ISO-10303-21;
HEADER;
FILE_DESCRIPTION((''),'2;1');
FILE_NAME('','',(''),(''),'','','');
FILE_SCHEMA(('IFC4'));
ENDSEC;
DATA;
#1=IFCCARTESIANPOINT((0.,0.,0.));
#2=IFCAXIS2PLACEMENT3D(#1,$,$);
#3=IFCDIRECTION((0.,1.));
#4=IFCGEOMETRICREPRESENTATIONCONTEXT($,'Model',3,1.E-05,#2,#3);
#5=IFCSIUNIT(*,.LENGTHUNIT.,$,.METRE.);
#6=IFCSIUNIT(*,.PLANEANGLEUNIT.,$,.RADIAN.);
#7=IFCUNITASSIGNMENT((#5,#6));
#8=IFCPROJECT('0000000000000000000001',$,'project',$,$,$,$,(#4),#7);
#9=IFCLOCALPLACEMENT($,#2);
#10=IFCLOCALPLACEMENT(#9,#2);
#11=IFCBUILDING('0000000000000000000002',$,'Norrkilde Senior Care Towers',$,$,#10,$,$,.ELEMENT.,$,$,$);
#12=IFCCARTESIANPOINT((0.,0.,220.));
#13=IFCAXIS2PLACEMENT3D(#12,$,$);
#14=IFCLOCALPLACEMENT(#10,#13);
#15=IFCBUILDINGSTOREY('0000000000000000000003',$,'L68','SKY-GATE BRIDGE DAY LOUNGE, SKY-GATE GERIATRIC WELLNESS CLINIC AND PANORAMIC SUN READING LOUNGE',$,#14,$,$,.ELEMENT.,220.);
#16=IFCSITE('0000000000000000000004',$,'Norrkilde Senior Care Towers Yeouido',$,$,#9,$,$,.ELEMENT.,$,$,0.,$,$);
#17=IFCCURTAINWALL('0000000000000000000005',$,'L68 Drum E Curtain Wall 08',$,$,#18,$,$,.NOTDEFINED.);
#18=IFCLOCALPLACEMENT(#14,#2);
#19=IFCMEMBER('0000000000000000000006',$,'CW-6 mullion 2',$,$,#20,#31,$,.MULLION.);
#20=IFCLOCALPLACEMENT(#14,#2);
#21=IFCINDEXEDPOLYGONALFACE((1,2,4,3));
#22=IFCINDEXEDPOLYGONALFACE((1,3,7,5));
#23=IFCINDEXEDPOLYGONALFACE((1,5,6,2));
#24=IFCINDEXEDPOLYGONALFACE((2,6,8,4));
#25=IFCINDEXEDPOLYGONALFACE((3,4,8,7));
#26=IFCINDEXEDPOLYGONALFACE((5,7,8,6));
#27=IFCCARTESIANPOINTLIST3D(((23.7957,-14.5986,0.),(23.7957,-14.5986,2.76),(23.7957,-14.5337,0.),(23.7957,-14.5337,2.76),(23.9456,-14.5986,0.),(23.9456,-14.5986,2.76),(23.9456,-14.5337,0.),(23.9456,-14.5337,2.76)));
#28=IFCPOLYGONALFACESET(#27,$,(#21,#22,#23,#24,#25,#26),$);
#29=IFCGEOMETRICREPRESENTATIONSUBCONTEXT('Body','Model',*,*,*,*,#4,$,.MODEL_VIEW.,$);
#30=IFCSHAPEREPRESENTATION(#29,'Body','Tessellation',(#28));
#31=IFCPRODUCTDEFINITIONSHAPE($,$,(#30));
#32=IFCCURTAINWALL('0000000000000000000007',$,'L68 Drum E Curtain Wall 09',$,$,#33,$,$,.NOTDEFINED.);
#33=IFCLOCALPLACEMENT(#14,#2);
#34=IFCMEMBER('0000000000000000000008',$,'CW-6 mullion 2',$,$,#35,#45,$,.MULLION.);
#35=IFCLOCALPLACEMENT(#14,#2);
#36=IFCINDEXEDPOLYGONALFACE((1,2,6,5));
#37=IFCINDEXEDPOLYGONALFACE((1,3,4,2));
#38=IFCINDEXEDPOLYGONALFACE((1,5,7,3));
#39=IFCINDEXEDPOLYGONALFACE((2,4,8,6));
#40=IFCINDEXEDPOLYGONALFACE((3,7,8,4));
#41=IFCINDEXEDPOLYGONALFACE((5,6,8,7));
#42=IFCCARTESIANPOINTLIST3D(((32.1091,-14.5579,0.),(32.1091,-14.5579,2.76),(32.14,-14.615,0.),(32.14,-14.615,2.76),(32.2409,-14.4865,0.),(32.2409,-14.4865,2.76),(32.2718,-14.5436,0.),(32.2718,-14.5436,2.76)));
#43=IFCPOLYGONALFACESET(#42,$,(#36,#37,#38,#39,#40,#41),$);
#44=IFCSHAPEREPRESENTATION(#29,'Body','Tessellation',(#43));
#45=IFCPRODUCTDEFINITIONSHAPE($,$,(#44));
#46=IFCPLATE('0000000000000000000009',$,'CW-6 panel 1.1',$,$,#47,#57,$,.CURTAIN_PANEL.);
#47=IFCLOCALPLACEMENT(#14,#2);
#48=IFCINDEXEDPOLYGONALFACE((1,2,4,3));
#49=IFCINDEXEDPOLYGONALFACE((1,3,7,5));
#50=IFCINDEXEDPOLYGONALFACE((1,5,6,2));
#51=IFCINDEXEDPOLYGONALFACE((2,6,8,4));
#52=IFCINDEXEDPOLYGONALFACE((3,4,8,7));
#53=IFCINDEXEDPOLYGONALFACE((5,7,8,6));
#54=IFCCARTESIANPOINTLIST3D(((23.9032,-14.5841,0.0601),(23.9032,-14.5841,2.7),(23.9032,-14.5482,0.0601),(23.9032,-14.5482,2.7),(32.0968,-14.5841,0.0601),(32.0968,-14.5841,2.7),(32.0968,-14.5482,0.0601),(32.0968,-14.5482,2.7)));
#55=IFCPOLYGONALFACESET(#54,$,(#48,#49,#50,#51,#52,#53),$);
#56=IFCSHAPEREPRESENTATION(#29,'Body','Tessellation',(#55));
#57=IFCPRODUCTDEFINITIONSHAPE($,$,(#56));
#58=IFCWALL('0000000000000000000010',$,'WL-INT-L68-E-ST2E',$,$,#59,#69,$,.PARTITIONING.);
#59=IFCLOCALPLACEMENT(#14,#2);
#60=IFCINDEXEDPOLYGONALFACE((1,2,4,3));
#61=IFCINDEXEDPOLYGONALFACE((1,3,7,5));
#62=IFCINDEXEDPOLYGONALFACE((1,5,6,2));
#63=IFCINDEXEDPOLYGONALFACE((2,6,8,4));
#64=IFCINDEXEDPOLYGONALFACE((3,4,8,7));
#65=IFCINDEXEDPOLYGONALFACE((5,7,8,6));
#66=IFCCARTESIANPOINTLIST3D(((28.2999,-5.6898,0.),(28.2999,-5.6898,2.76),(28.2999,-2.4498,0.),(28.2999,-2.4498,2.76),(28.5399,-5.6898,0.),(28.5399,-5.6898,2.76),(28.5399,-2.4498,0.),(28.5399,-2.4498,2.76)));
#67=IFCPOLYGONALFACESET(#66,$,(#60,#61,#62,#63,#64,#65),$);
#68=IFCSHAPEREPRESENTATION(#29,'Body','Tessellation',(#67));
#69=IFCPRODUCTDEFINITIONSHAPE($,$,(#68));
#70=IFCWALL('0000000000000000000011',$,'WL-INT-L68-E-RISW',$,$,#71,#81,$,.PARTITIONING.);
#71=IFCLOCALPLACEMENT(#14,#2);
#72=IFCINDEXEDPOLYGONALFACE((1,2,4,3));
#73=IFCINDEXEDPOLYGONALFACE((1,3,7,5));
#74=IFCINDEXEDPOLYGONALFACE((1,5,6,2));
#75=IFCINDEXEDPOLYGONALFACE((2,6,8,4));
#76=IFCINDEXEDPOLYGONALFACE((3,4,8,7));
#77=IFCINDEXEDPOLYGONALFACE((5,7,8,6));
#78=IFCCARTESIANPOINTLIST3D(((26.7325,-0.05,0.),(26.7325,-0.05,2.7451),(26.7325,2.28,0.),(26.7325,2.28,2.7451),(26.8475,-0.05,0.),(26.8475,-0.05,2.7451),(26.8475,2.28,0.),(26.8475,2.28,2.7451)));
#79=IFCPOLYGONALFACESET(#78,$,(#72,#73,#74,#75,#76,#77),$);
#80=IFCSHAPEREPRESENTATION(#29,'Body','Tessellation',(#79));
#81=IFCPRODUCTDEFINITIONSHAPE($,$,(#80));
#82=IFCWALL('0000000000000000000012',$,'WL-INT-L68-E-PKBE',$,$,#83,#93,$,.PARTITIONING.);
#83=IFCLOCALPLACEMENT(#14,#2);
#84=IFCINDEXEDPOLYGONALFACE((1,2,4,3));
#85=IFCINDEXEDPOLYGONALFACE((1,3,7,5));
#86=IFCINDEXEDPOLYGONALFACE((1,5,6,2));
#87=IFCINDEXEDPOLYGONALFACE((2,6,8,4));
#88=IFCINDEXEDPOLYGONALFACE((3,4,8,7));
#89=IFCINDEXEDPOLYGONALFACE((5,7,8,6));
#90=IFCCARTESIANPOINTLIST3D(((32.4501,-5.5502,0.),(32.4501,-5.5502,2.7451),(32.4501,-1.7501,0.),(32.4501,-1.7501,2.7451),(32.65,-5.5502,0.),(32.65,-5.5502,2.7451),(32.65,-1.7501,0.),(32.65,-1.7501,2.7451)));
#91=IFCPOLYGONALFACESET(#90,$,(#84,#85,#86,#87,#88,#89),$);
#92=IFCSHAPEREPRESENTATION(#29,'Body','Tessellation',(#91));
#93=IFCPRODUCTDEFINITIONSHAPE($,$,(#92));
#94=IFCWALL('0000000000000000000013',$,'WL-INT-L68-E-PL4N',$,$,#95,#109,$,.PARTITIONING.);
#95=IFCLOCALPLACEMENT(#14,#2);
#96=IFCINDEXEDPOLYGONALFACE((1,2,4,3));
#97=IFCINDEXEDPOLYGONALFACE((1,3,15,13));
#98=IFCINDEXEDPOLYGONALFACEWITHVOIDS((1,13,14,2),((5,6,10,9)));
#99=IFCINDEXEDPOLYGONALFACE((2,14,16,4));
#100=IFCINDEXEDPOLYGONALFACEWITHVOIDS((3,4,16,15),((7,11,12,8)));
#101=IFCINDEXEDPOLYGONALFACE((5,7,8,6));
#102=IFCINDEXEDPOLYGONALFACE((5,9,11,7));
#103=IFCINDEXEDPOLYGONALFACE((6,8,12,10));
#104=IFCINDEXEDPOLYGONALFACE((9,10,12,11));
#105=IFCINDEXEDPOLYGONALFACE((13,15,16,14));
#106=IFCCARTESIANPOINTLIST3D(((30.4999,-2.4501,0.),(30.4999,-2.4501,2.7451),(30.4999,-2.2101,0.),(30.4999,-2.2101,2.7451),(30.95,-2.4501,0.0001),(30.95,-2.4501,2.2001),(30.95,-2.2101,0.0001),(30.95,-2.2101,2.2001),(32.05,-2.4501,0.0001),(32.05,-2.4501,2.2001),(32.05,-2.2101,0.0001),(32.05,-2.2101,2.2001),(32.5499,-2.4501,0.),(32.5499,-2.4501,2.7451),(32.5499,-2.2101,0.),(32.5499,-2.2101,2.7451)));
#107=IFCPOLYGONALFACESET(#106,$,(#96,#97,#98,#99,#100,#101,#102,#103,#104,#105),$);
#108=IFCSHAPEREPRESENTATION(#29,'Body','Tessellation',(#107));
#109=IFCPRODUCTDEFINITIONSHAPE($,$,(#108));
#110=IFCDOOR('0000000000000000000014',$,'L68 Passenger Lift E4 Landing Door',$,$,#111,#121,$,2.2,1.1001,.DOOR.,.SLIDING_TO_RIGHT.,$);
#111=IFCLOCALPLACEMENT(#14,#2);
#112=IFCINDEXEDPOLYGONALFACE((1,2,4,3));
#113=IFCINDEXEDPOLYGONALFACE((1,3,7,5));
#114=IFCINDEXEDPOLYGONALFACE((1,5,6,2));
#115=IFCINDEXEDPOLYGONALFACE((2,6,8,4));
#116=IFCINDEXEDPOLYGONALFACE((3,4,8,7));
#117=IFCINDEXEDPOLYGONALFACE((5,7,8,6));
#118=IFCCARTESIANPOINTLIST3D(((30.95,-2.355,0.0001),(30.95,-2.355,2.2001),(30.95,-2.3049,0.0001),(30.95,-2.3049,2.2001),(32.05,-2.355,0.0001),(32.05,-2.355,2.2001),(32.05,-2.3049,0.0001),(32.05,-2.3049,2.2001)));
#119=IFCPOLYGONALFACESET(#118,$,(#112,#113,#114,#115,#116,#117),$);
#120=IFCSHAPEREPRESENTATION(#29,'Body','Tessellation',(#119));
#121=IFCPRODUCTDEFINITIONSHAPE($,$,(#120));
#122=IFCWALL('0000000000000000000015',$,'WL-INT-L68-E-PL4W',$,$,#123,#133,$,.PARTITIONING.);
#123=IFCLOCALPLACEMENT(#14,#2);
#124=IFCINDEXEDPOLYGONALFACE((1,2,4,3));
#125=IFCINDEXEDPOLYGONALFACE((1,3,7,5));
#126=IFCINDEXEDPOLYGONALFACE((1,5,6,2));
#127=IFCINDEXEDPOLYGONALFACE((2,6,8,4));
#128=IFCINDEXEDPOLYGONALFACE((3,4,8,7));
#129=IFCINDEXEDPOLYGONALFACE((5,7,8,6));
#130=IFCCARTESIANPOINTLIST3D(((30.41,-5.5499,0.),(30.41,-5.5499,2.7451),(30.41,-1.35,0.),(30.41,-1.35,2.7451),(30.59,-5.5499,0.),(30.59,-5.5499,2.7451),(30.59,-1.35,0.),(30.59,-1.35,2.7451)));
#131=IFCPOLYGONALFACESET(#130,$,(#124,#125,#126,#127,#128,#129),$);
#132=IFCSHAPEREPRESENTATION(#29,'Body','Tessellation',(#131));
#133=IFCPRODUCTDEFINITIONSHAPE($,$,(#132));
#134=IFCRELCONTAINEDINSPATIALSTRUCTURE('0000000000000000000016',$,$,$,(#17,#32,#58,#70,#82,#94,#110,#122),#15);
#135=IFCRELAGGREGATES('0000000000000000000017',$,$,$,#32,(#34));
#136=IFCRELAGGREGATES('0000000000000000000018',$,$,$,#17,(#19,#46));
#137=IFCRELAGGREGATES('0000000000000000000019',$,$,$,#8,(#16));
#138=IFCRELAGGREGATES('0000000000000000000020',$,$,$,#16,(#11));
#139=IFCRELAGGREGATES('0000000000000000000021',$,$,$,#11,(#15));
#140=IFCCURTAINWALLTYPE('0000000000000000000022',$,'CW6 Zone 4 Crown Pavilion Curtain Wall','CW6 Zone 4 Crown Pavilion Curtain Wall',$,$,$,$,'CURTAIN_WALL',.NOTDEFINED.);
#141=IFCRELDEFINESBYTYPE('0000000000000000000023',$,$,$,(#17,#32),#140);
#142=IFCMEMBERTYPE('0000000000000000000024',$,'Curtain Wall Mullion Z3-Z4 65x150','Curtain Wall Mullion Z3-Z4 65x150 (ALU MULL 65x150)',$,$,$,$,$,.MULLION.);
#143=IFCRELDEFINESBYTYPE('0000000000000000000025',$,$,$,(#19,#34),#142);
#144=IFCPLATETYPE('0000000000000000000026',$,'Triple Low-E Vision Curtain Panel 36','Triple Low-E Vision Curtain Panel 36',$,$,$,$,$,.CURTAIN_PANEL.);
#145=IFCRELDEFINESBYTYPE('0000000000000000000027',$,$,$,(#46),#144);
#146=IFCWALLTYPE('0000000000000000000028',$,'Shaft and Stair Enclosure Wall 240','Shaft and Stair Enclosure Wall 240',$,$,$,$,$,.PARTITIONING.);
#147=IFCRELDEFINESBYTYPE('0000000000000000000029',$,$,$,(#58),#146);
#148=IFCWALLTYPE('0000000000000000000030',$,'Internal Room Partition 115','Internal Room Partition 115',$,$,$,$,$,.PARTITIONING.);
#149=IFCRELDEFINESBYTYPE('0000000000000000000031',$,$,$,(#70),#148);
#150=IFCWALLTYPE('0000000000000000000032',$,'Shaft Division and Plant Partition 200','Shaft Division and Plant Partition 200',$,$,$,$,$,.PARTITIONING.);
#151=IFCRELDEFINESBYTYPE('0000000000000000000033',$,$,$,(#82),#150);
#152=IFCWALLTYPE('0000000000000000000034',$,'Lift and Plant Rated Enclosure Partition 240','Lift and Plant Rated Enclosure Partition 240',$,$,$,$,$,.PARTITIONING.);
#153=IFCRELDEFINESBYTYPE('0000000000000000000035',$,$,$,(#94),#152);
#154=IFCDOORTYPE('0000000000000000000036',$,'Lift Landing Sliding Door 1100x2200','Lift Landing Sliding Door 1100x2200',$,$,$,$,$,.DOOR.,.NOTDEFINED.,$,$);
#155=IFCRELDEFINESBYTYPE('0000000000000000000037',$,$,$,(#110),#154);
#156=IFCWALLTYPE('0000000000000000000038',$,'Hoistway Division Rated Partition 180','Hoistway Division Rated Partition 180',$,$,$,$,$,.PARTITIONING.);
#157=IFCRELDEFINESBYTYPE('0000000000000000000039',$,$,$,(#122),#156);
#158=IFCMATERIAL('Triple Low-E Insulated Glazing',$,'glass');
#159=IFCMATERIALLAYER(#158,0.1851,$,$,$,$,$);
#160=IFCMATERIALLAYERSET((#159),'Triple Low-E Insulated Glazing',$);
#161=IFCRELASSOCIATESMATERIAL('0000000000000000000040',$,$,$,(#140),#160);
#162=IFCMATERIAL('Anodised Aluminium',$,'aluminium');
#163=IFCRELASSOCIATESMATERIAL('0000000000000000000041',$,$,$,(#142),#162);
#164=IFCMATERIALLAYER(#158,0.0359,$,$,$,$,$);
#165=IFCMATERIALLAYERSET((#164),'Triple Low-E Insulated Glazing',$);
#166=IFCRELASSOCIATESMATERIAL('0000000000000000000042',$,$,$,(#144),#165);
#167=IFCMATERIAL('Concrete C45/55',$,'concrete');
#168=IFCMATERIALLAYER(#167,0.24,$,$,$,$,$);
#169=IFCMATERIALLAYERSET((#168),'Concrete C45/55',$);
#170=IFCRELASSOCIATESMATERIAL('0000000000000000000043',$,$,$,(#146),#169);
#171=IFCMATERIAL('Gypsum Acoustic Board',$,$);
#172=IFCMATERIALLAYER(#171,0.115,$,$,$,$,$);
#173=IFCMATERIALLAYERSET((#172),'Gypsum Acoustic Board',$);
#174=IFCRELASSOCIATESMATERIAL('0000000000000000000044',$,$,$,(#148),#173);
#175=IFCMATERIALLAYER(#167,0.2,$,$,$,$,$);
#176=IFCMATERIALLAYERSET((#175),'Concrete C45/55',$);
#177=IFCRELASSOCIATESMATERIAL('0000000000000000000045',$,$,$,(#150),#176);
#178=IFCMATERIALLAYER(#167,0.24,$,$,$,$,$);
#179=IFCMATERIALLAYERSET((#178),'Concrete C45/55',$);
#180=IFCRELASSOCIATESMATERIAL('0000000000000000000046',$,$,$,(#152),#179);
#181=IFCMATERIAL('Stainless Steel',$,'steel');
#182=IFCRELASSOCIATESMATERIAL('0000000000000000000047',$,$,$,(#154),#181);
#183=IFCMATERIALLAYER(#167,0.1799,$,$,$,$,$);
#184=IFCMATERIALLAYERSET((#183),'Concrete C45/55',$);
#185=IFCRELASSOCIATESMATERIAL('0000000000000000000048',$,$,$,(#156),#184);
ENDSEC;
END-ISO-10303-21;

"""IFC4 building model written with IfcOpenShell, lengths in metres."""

from ifc_helpers import new_model, si_unit, direction, frame, frame_2d, origin, origin_2d, place, context, subcontext, project, spatial, rectangle, extrude, source, transform, mapped, material, layer, layer_set, material_profile, profile_set, type_object, type_shapes, element, fill, aggregate, save


model = new_model("IFC4")

# Units and contexts
model_context = context("Model", 3, precision=1e-05, world=origin(), true_north=direction((0.0, 1.0)))
body_context = subcontext(model_context, "Body", "Model", "MODEL_VIEW")
ifc_project = project(units=[si_unit("LENGTHUNIT", "METRE"), si_unit("PLANEANGLEUNIT", "RADIAN")], contexts=[model_context])

# Site, building, storey
site_placement = place(None, origin())
site = spatial("IfcSite", under=ifc_project, at=site_placement, Name="Norrkilde Senior Care Towers Yeouido", CompositionType="ELEMENT", RefElevation=0.0)
building_placement = place(site_placement, origin())
building = spatial("IfcBuilding", under=site, at=building_placement, Name="Norrkilde Senior Care Towers", CompositionType="ELEMENT")
storey_placement = place(building_placement, frame((0.0, 0.0, 220.0)))
storey = spatial("IfcBuildingStorey", under=building, at=storey_placement, Name="L68", Description="SKY-GATE BRIDGE DAY LOUNGE, SKY-GATE GERIATRIC WELLNESS CLINIC AND PANORAMIC SUN READING LOUNGE", CompositionType="ELEMENT", Elevation=220.0)

# Curtain wall, member
ifc_material_1 = material(Name="Triple Low-E Insulated Glazing", Category="glass")
ifc_layer_1 = layer(ifc_material_1, 0.1851)
ifc_layer_set_1 = layer_set([ifc_layer_1], Name="Triple Low-E Insulated Glazing")
curtain_wall_type = type_object("IfcCurtainWallType", Name="CW6 Zone 4 Crown Pavilion Curtain Wall", Description="CW6 Zone 4 Crown Pavilion Curtain Wall", ElementType="CURTAIN_WALL", PredefinedType="NOTDEFINED", material=ifc_layer_set_1)
curtain_wall_1_placement = place(storey_placement, origin())
curtain_wall_1 = element("IfcCurtainWall", 1, at=curtain_wall_1_placement, inside=storey, type_object=curtain_wall_type, Name="L68 Drum E Curtain Wall 08", PredefinedType="NOTDEFINED")
ifc_material_2 = material(Name="Anodised Aluminium", Category="aluminium")
ifc_material_profile_1 = material_profile(ifc_material_2, rectangle(XDim=0.0649, YDim=0.1499, at=origin_2d()), Name="ALU MULL 65x150")
ifc_profile_set_1 = profile_set([ifc_material_profile_1], Name="Anodised Aluminium")
member_type_1 = type_object("IfcMemberType", Name="Curtain Wall Mullion Z3-Z4 65x150", Description="Curtain Wall Mullion Z3-Z4 65x150 (ALU MULL 65x150)", PredefinedType="MULLION", material=ifc_profile_set_1)
shared_shape_1 = source(origin(), body_context, "Body", "SweptSolid", [
    extrude(rectangle(XDim=0.0649, YDim=0.1499, at=origin_2d()), origin(), (0.0, 0.0, 1.0), 2.76),
])
type_shapes(member_type_1, [shared_shape_1])
member_1_placement = place(storey_placement, frame((23.8706, -14.5662, 0.0), z_axis=(0.0, 0.0, 1.0), x_axis=(0.0, -1.0, 0.0)))
member_1 = element("IfcMember", 2, at=member_1_placement, type_object=member_type_1, Name="CW-6 mullion 2", PredefinedType="MULLION", context=body_context, shape_type="MappedRepresentation", body=[
    mapped(shared_shape_1, transform((0.0, 0.0, 0.0), x_axis=(1.0, 0.0, 0.0), y_axis=(0.0, 1.0, 0.0), z_axis=(0.0, 0.0, 1.0), scale=1.0)),
])

# Curtain wall, member
curtain_wall_2_placement = place(storey_placement, origin())
curtain_wall_2 = element("IfcCurtainWall", 3, at=curtain_wall_2_placement, inside=storey, type_object=curtain_wall_type, Name="L68 Drum E Curtain Wall 09", PredefinedType="NOTDEFINED")
member_2_placement = place(storey_placement, frame((32.1904, -14.5508, 0.0), z_axis=(0.0, 0.0, 1.0), x_axis=(0.476133, -0.879373, 0.0)))
member_2 = element("IfcMember", 4, at=member_2_placement, type_object=member_type_1, Name="CW-6 mullion 2", PredefinedType="MULLION", context=body_context, shape_type="MappedRepresentation", body=[
    mapped(shared_shape_1, transform((0.0, 0.0, 0.0), x_axis=(1.0, 0.0, 0.0), y_axis=(0.0, 1.0, 0.0), z_axis=(0.0, 0.0, 1.0), scale=1.0)),
])
aggregate(curtain_wall_2, [member_2])

# Plate
ifc_layer_2 = layer(ifc_material_1, 0.0359)
ifc_layer_set_2 = layer_set([ifc_layer_2], Name="Triple Low-E Insulated Glazing")
plate_type = type_object("IfcPlateType", Name="Triple Low-E Vision Curtain Panel 36", Description="Triple Low-E Vision Curtain Panel 36", PredefinedType="CURTAIN_PANEL", material=ifc_layer_set_2)
shared_shape_2 = source(origin(), body_context, "Body", "SweptSolid", [
    extrude(rectangle(XDim=8.1936, YDim=0.0359, at=origin_2d()), origin(), (0.0, 0.0, 1.0), 2.6399),
])
type_shapes(plate_type, [shared_shape_2])
plate_placement = place(storey_placement, frame((28.0, -14.5662, 0.0601), z_axis=(0.0, 0.0, 1.0), x_axis=(-1.0, 0.0, 0.0)))
plate = element("IfcPlate", 5, at=plate_placement, type_object=plate_type, Name="CW-6 panel 1.1", PredefinedType="CURTAIN_PANEL", context=body_context, shape_type="MappedRepresentation", body=[
    mapped(shared_shape_2, transform((0.0, 0.0, 0.0), x_axis=(1.0, 0.0, 0.0), y_axis=(0.0, 1.0, 0.0), z_axis=(0.0, 0.0, 1.0), scale=1.0)),
])
aggregate(curtain_wall_1, [member_1, plate])

# Walls
ifc_material_3 = material(Name="Concrete C45/55", Category="concrete")
ifc_layer_3 = layer(ifc_material_3, 0.24)
ifc_layer_set_3 = layer_set([ifc_layer_3], Name="Concrete C45/55")
wall_type_1 = type_object("IfcWallType", Name="Shaft and Stair Enclosure Wall 240", Description="Shaft and Stair Enclosure Wall 240", PredefinedType="PARTITIONING", material=ifc_layer_set_3)
shared_shape_3 = source(origin(), body_context, "Body", "SweptSolid", [
    extrude(rectangle(XDim=3.24, YDim=0.24, at=frame_2d((1.6201, 0.0))), origin(), (0.0, 0.0, 1.0), 2.76),
])
type_shapes(wall_type_1, [shared_shape_3])
wall_1_placement = place(storey_placement, frame((28.4199, -5.6899, 0.0), z_axis=(0.0, 0.0, 1.0), x_axis=(0.0, 1.0, 0.0)))
element("IfcWall", 6, at=wall_1_placement, inside=storey, type_object=wall_type_1, Name="WL-INT-L68-E-ST2E", PredefinedType="PARTITIONING", context=body_context, shape_type="MappedRepresentation", body=[
    mapped(shared_shape_3, transform((0.0, 0.0, 0.0), x_axis=(1.0, 0.0, 0.0), y_axis=(0.0, 1.0, 0.0), z_axis=(0.0, 0.0, 1.0), scale=1.0)),
])
ifc_material_4 = material(Name="Gypsum Acoustic Board")
ifc_layer_4 = layer(ifc_material_4, 0.115)
ifc_layer_set_4 = layer_set([ifc_layer_4], Name="Gypsum Acoustic Board")
wall_type_2 = type_object("IfcWallType", Name="Internal Room Partition 115", Description="Internal Room Partition 115", PredefinedType="PARTITIONING", material=ifc_layer_set_4)
shared_shape_4 = source(origin(), body_context, "Body", "SweptSolid", [
    extrude(rectangle(XDim=2.3301, YDim=0.115, at=frame_2d((1.165, 0.0))), origin(), (0.0, 0.0, 1.0), 2.7451),
])
wall_2_placement = place(storey_placement, frame((26.79, -0.05, 0.0), z_axis=(0.0, 0.0, 1.0), x_axis=(0.0, 1.0, 0.0)))
element("IfcWall", 7, at=wall_2_placement, inside=storey, type_object=wall_type_2, Name="WL-INT-L68-E-RISW", PredefinedType="PARTITIONING", context=body_context, shape_type="MappedRepresentation", body=[
    mapped(shared_shape_4, transform((0.0, 0.0, 0.0), x_axis=(1.0, 0.0, 0.0), y_axis=(0.0, 1.0, 0.0), z_axis=(0.0, 0.0, 1.0), scale=1.0)),
])
ifc_layer_5 = layer(ifc_material_3, 0.2)
ifc_layer_set_5 = layer_set([ifc_layer_5], Name="Concrete C45/55")
wall_type_3 = type_object("IfcWallType", Name="Shaft Division and Plant Partition 200", Description="Shaft Division and Plant Partition 200", PredefinedType="PARTITIONING", material=ifc_layer_set_5)
shared_shape_5 = source(origin(), body_context, "Body", "SweptSolid", [
    extrude(rectangle(XDim=3.8, YDim=0.2, at=frame_2d((1.8999, 0.0))), origin(), (0.0, 0.0, 1.0), 2.7451),
])
type_shapes(wall_type_3, [shared_shape_5])
wall_3_placement = place(storey_placement, frame((32.55, -5.55, 0.0), z_axis=(0.0, 0.0, 1.0), x_axis=(0.0, 1.0, 0.0)))
element("IfcWall", 8, at=wall_3_placement, inside=storey, type_object=wall_type_3, Name="WL-INT-L68-E-PKBE", PredefinedType="PARTITIONING", context=body_context, shape_type="MappedRepresentation", body=[
    mapped(shared_shape_5, transform((0.0, 0.0, 0.0), x_axis=(1.0, 0.0, 0.0), y_axis=(0.0, 1.0, 0.0), z_axis=(0.0, 0.0, 1.0), scale=1.0)),
])

# Wall, opening, door
ifc_layer_6 = layer(ifc_material_3, 0.24)
ifc_layer_set_6 = layer_set([ifc_layer_6], Name="Concrete C45/55")
wall_type_4 = type_object("IfcWallType", Name="Lift and Plant Rated Enclosure Partition 240", Description="Lift and Plant Rated Enclosure Partition 240", PredefinedType="PARTITIONING", material=ifc_layer_set_6)
shared_shape_6 = source(origin(), body_context, "Body", "SweptSolid", [
    extrude(rectangle(XDim=2.05, YDim=0.24, at=frame_2d((1.0249, 0.0))), origin(), (0.0, 0.0, 1.0), 2.7451),
])
type_shapes(wall_type_4, [shared_shape_6])
wall_4_placement = place(storey_placement, frame((30.5, -2.3301, 0.0), z_axis=(0.0, 0.0, 1.0), x_axis=(1.0, 0.0, 0.0)))
wall_4 = element("IfcWall", 9, at=wall_4_placement, inside=storey, type_object=wall_type_4, Name="WL-INT-L68-E-PL4N", PredefinedType="PARTITIONING", context=body_context, shape_type="MappedRepresentation", body=[
    mapped(shared_shape_6, transform((0.0, 0.0, 0.0), x_axis=(1.0, 0.0, 0.0), y_axis=(0.0, 1.0, 0.0), z_axis=(0.0, 0.0, 1.0), scale=1.0)),
])
opening_1_placement = place(wall_4_placement, frame((0.45, 0.0, 0.0)))
opening_1 = element("IfcOpeningElement", 10, at=opening_1_placement, cuts=wall_4, PredefinedType="OPENING", context=body_context, shape_type="SweptSolid", body=[
    extrude(rectangle(XDim=1.1001, YDim=2.2, at=frame_2d((0.55, 1.1001))), frame((0.0, 0.1299, 0.0), z_axis=(0.0, -1.0, 0.0), x_axis=(1.0, 0.0, 0.0)), (0.0, 0.0, 1.0), 0.26),
])
ifc_material_5 = material(Name="Stainless Steel", Category="steel")
door_type_1 = type_object("IfcDoorType", Name="Lift Landing Sliding Door 1100x2200", Description="Lift Landing Sliding Door 1100x2200", OperationType="NOTDEFINED", PredefinedType="DOOR", material=ifc_material_5)
shared_shape_7 = source(origin(), body_context, "Body", "SweptSolid", [
    extrude(rectangle(XDim=1.1001, YDim=2.2, at=frame_2d((0.55, 1.1001))), frame((0.0, 0.0249, 0.0), z_axis=(0.0, -1.0, 0.0), x_axis=(1.0, 0.0, 0.0)), (0.0, 0.0, 1.0), 0.05),
])
type_shapes(door_type_1, [shared_shape_7])
door_1_placement = place(opening_1_placement, frame((1.1001, 0.0, 0.0), z_axis=(0.0, 0.0, 1.0), x_axis=(-1.0, 0.0, 0.0)))
door_1 = element("IfcDoor", 11, at=door_1_placement, inside=storey, type_object=door_type_1, Name="L68 Passenger Lift E4 Landing Door", OperationType="SLIDING_TO_RIGHT", OverallHeight=2.2, OverallWidth=1.1001, PredefinedType="DOOR", context=body_context, shape_type="MappedRepresentation", body=[
    mapped(shared_shape_7, transform((0.0, 0.0, 0.0), x_axis=(1.0, 0.0, 0.0), y_axis=(0.0, 1.0, 0.0), z_axis=(0.0, 0.0, 1.0), scale=1.0)),
])
fill(opening_1, door_1)

# Wall
ifc_layer_7 = layer(ifc_material_3, 0.1799)
ifc_layer_set_7 = layer_set([ifc_layer_7], Name="Concrete C45/55")
wall_type_5 = type_object("IfcWallType", Name="Hoistway Division Rated Partition 180", Description="Hoistway Division Rated Partition 180", PredefinedType="PARTITIONING", material=ifc_layer_set_7)
shared_shape_8 = source(origin(), body_context, "Body", "SweptSolid", [
    extrude(rectangle(XDim=4.2, YDim=0.1799, at=frame_2d((2.1001, 0.0))), origin(), (0.0, 0.0, 1.0), 2.7451),
])
type_shapes(wall_type_5, [shared_shape_8])
wall_5_placement = place(storey_placement, frame((30.5, -5.55, 0.0), z_axis=(0.0, 0.0, 1.0), x_axis=(0.0, 1.0, 0.0)))
element("IfcWall", 12, at=wall_5_placement, inside=storey, type_object=wall_type_5, Name="WL-INT-L68-E-PL4W", PredefinedType="PARTITIONING", context=body_context, shape_type="MappedRepresentation", body=[
    mapped(shared_shape_8, transform((0.0, 0.0, 0.0), x_axis=(1.0, 0.0, 0.0), y_axis=(0.0, 1.0, 0.0), z_axis=(0.0, 0.0, 1.0), scale=1.0)),
])

save(model, "model.ifc")
